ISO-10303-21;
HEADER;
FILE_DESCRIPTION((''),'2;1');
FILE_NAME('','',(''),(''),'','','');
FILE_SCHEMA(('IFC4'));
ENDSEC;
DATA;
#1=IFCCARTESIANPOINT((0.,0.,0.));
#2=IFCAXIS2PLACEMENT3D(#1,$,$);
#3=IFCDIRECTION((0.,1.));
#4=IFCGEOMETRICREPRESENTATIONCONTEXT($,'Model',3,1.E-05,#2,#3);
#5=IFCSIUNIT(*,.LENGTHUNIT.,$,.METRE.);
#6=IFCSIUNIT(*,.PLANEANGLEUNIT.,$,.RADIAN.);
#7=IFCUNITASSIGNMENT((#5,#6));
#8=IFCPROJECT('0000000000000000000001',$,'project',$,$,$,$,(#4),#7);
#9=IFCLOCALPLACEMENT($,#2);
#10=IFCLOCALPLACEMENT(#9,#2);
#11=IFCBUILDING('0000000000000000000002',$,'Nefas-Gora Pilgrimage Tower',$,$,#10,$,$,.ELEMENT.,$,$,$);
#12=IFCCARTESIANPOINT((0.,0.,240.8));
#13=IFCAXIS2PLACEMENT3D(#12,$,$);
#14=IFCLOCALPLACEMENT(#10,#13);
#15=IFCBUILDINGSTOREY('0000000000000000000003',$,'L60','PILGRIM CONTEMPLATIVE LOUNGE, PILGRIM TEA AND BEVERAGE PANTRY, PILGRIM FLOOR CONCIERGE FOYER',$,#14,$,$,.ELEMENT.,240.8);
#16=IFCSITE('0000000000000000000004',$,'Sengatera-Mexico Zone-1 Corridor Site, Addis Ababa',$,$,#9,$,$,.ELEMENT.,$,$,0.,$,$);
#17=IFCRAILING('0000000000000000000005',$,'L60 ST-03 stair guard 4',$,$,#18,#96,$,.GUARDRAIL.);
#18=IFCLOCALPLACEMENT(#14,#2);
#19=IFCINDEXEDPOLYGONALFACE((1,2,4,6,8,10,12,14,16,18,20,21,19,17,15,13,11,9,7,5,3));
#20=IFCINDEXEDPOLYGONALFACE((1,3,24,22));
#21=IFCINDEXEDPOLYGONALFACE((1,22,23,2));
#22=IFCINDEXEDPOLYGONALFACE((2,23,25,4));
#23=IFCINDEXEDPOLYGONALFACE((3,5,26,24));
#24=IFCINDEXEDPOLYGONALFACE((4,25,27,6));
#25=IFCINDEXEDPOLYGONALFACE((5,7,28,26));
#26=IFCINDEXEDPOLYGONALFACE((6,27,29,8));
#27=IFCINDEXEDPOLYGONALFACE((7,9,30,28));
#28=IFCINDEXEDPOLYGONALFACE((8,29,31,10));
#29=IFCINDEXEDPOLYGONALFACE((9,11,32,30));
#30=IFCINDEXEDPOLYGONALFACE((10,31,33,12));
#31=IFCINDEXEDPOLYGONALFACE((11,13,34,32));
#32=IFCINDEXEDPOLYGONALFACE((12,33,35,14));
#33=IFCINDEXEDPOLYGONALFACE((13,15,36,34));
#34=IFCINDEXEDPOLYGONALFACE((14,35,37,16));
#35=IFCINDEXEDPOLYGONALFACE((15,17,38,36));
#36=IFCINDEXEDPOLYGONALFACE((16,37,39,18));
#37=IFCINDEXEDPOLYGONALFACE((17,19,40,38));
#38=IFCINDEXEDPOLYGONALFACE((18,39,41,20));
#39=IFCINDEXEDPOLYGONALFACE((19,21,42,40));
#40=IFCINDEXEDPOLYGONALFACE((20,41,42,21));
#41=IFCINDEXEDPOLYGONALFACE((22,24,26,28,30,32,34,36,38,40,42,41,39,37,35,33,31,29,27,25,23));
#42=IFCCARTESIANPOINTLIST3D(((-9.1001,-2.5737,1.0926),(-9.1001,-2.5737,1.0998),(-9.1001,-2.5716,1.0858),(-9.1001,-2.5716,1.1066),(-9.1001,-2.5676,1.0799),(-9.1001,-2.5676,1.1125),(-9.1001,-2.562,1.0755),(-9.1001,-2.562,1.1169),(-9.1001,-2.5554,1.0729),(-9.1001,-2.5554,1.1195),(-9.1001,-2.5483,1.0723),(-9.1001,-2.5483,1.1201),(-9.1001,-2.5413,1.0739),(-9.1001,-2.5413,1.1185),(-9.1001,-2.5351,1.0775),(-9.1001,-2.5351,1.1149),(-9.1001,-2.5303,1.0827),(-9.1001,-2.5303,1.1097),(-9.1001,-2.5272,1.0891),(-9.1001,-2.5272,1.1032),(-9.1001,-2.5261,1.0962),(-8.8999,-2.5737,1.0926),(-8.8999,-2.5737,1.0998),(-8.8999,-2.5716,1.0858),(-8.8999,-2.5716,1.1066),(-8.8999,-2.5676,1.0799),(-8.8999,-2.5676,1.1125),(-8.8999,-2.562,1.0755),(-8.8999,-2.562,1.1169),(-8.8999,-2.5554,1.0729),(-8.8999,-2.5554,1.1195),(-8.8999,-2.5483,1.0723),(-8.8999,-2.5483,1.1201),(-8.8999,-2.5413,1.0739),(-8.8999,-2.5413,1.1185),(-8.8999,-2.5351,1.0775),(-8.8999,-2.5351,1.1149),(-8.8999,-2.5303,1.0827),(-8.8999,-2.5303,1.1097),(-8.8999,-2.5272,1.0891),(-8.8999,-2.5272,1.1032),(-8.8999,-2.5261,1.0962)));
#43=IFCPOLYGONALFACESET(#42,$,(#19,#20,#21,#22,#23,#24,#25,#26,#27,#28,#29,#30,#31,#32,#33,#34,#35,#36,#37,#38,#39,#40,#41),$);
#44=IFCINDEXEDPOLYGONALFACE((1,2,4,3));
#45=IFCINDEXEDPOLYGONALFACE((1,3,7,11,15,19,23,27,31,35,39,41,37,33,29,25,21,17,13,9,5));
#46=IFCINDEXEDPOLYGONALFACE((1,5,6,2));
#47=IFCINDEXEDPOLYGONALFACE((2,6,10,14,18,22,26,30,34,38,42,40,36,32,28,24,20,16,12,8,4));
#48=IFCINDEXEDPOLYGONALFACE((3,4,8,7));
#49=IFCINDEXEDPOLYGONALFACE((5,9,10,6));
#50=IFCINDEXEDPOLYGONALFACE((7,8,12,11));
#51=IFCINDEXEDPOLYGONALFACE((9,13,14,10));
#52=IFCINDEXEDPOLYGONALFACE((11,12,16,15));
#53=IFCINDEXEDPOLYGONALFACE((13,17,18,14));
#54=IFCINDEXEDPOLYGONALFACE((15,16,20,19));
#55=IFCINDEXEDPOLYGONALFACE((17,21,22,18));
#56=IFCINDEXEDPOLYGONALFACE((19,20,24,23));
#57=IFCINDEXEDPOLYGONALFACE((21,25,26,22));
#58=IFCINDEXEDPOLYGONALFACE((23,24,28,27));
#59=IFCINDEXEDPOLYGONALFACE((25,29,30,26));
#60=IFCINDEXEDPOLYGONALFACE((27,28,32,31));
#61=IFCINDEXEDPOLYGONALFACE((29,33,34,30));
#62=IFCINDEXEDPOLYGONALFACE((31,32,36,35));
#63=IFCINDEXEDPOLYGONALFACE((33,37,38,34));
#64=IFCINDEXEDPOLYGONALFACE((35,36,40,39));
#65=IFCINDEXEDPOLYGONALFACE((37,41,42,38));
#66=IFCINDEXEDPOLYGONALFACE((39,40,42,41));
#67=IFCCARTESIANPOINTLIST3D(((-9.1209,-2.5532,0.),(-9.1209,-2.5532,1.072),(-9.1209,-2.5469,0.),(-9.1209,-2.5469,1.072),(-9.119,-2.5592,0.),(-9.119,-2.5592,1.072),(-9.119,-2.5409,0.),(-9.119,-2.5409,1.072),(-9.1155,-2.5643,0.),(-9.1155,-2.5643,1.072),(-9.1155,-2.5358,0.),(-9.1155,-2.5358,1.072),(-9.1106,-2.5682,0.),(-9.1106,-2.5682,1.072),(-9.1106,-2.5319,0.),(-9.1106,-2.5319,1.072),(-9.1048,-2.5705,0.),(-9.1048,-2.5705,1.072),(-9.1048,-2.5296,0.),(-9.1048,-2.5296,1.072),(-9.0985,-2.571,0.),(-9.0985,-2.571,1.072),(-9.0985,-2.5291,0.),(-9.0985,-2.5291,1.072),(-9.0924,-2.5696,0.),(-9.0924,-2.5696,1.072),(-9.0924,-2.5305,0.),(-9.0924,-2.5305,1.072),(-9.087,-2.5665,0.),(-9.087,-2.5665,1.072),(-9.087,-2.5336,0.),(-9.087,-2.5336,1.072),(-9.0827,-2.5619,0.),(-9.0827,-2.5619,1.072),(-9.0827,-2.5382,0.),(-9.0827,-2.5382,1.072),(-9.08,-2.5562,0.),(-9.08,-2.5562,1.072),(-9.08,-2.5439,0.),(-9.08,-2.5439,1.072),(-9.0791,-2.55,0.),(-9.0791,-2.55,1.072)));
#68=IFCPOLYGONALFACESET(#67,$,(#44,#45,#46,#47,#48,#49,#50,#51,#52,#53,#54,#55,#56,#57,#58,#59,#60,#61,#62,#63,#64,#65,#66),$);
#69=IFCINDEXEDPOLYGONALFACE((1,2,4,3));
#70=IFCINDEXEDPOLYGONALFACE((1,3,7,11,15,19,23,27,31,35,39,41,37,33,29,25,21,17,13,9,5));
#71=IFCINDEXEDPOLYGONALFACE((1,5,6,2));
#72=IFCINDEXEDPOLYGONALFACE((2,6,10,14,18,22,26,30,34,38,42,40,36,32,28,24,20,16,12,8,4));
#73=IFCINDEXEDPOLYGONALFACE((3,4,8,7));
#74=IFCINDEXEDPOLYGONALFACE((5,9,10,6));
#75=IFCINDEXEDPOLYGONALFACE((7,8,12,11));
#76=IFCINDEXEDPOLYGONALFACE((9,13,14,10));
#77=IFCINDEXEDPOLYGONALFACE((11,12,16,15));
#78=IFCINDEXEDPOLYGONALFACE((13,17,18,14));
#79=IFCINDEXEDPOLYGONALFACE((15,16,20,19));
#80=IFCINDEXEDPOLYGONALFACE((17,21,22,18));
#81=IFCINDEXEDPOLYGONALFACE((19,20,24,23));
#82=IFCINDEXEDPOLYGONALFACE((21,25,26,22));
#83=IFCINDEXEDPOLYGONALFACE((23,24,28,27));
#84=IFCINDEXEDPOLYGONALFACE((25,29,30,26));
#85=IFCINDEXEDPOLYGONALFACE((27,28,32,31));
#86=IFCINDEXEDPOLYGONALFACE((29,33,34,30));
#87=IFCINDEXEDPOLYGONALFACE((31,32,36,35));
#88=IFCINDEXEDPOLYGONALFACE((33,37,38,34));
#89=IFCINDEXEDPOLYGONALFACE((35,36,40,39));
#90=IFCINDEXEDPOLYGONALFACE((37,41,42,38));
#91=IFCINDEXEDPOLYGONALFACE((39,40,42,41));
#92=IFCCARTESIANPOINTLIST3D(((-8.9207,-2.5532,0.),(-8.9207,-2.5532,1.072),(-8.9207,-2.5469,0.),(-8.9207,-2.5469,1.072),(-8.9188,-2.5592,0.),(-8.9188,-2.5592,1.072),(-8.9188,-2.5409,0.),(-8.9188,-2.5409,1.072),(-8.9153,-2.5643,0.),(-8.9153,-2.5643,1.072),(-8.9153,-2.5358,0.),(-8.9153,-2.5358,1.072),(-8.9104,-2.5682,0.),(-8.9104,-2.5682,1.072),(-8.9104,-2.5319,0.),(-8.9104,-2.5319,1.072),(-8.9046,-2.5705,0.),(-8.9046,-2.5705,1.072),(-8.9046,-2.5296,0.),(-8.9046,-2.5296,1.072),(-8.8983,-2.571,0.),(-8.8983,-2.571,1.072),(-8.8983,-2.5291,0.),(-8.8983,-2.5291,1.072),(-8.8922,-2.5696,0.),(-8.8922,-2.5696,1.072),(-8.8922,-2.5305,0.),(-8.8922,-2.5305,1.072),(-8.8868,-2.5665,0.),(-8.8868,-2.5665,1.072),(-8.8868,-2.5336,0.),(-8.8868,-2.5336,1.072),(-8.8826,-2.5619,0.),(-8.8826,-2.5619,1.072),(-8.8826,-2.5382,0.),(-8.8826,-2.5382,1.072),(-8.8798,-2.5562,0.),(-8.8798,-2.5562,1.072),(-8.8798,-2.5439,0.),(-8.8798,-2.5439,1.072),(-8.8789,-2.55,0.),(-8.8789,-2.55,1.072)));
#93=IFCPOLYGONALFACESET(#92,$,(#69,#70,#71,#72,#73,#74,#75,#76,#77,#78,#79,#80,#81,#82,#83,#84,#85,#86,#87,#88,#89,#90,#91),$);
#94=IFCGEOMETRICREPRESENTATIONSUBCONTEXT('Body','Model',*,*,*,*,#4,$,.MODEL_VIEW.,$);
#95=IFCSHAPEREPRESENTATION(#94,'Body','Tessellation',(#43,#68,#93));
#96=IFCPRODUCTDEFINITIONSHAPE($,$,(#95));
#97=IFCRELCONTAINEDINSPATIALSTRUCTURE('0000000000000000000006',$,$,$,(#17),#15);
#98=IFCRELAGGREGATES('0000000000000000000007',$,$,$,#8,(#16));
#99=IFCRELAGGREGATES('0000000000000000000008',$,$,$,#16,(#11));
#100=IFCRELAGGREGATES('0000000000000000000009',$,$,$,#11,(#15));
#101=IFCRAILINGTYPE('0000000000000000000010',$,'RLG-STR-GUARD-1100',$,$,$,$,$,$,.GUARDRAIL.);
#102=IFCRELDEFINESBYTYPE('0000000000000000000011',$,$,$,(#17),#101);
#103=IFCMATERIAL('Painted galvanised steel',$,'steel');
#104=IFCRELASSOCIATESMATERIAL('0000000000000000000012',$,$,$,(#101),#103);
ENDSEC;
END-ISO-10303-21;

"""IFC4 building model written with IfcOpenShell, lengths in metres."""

from ifc_helpers import new_model, si_unit, direction, frame, origin, origin_2d, place, context, subcontext, project, spatial, circle, extrude, material, type_object, element, save


model = new_model("IFC4")

# Units and contexts
model_context = context("Model", 3, precision=1e-05, world=origin(), true_north=direction((0.0, 1.0)))
body_context = subcontext(model_context, "Body", "Model", "MODEL_VIEW")
ifc_project = project(units=[si_unit("LENGTHUNIT", "METRE"), si_unit("PLANEANGLEUNIT", "RADIAN")], contexts=[model_context])

# Site, building, storey
site_placement = place(None, origin())
site = spatial("IfcSite", under=ifc_project, at=site_placement, Name="Sengatera-Mexico Zone-1 Corridor Site, Addis Ababa", CompositionType="ELEMENT", RefElevation=0.0)
building_placement = place(site_placement, origin())
building = spatial("IfcBuilding", under=site, at=building_placement, Name="Nefas-Gora Pilgrimage Tower", CompositionType="ELEMENT")
storey_placement = place(building_placement, frame((0.0, 0.0, 240.8)))
storey = spatial("IfcBuildingStorey", under=building, at=storey_placement, Name="L60", Description="PILGRIM CONTEMPLATIVE LOUNGE, PILGRIM TEA AND BEVERAGE PANTRY, PILGRIM FLOOR CONCIERGE FOYER", CompositionType="ELEMENT", Elevation=240.8)

# Railing
ifc_material_1 = material(Name="Painted galvanised steel", Category="steel")
railing_type_1 = type_object("IfcRailingType", Name="RLG-STR-GUARD-1100", PredefinedType="GUARDRAIL", material=ifc_material_1)
railing_1_placement = place(storey_placement, frame((-9.1001, -2.55, 0.0)))
element("IfcRailing", 1, at=railing_1_placement, inside=storey, type_object=railing_type_1, Name="L60 ST-03 stair guard 4", PredefinedType="GUARDRAIL", context=body_context, shape_type="SweptSolid", body=[
    extrude(circle(Radius=0.0239, at=origin_2d()), frame((0.0, 0.0, 1.0962), z_axis=(1.0, 0.0, 0.0), x_axis=(0.0, 1.0, 0.0)), (0.0, 0.0, 1.0), 0.2002),
    extrude(circle(Radius=0.021, at=origin_2d()), origin(), (0.0, 0.0, 1.0), 1.072),
    extrude(circle(Radius=0.021, at=origin_2d()), frame((0.2002, 0.0, 0.0)), (0.0, 0.0, 1.0), 1.072),
])

save(model, "model.ifc")
